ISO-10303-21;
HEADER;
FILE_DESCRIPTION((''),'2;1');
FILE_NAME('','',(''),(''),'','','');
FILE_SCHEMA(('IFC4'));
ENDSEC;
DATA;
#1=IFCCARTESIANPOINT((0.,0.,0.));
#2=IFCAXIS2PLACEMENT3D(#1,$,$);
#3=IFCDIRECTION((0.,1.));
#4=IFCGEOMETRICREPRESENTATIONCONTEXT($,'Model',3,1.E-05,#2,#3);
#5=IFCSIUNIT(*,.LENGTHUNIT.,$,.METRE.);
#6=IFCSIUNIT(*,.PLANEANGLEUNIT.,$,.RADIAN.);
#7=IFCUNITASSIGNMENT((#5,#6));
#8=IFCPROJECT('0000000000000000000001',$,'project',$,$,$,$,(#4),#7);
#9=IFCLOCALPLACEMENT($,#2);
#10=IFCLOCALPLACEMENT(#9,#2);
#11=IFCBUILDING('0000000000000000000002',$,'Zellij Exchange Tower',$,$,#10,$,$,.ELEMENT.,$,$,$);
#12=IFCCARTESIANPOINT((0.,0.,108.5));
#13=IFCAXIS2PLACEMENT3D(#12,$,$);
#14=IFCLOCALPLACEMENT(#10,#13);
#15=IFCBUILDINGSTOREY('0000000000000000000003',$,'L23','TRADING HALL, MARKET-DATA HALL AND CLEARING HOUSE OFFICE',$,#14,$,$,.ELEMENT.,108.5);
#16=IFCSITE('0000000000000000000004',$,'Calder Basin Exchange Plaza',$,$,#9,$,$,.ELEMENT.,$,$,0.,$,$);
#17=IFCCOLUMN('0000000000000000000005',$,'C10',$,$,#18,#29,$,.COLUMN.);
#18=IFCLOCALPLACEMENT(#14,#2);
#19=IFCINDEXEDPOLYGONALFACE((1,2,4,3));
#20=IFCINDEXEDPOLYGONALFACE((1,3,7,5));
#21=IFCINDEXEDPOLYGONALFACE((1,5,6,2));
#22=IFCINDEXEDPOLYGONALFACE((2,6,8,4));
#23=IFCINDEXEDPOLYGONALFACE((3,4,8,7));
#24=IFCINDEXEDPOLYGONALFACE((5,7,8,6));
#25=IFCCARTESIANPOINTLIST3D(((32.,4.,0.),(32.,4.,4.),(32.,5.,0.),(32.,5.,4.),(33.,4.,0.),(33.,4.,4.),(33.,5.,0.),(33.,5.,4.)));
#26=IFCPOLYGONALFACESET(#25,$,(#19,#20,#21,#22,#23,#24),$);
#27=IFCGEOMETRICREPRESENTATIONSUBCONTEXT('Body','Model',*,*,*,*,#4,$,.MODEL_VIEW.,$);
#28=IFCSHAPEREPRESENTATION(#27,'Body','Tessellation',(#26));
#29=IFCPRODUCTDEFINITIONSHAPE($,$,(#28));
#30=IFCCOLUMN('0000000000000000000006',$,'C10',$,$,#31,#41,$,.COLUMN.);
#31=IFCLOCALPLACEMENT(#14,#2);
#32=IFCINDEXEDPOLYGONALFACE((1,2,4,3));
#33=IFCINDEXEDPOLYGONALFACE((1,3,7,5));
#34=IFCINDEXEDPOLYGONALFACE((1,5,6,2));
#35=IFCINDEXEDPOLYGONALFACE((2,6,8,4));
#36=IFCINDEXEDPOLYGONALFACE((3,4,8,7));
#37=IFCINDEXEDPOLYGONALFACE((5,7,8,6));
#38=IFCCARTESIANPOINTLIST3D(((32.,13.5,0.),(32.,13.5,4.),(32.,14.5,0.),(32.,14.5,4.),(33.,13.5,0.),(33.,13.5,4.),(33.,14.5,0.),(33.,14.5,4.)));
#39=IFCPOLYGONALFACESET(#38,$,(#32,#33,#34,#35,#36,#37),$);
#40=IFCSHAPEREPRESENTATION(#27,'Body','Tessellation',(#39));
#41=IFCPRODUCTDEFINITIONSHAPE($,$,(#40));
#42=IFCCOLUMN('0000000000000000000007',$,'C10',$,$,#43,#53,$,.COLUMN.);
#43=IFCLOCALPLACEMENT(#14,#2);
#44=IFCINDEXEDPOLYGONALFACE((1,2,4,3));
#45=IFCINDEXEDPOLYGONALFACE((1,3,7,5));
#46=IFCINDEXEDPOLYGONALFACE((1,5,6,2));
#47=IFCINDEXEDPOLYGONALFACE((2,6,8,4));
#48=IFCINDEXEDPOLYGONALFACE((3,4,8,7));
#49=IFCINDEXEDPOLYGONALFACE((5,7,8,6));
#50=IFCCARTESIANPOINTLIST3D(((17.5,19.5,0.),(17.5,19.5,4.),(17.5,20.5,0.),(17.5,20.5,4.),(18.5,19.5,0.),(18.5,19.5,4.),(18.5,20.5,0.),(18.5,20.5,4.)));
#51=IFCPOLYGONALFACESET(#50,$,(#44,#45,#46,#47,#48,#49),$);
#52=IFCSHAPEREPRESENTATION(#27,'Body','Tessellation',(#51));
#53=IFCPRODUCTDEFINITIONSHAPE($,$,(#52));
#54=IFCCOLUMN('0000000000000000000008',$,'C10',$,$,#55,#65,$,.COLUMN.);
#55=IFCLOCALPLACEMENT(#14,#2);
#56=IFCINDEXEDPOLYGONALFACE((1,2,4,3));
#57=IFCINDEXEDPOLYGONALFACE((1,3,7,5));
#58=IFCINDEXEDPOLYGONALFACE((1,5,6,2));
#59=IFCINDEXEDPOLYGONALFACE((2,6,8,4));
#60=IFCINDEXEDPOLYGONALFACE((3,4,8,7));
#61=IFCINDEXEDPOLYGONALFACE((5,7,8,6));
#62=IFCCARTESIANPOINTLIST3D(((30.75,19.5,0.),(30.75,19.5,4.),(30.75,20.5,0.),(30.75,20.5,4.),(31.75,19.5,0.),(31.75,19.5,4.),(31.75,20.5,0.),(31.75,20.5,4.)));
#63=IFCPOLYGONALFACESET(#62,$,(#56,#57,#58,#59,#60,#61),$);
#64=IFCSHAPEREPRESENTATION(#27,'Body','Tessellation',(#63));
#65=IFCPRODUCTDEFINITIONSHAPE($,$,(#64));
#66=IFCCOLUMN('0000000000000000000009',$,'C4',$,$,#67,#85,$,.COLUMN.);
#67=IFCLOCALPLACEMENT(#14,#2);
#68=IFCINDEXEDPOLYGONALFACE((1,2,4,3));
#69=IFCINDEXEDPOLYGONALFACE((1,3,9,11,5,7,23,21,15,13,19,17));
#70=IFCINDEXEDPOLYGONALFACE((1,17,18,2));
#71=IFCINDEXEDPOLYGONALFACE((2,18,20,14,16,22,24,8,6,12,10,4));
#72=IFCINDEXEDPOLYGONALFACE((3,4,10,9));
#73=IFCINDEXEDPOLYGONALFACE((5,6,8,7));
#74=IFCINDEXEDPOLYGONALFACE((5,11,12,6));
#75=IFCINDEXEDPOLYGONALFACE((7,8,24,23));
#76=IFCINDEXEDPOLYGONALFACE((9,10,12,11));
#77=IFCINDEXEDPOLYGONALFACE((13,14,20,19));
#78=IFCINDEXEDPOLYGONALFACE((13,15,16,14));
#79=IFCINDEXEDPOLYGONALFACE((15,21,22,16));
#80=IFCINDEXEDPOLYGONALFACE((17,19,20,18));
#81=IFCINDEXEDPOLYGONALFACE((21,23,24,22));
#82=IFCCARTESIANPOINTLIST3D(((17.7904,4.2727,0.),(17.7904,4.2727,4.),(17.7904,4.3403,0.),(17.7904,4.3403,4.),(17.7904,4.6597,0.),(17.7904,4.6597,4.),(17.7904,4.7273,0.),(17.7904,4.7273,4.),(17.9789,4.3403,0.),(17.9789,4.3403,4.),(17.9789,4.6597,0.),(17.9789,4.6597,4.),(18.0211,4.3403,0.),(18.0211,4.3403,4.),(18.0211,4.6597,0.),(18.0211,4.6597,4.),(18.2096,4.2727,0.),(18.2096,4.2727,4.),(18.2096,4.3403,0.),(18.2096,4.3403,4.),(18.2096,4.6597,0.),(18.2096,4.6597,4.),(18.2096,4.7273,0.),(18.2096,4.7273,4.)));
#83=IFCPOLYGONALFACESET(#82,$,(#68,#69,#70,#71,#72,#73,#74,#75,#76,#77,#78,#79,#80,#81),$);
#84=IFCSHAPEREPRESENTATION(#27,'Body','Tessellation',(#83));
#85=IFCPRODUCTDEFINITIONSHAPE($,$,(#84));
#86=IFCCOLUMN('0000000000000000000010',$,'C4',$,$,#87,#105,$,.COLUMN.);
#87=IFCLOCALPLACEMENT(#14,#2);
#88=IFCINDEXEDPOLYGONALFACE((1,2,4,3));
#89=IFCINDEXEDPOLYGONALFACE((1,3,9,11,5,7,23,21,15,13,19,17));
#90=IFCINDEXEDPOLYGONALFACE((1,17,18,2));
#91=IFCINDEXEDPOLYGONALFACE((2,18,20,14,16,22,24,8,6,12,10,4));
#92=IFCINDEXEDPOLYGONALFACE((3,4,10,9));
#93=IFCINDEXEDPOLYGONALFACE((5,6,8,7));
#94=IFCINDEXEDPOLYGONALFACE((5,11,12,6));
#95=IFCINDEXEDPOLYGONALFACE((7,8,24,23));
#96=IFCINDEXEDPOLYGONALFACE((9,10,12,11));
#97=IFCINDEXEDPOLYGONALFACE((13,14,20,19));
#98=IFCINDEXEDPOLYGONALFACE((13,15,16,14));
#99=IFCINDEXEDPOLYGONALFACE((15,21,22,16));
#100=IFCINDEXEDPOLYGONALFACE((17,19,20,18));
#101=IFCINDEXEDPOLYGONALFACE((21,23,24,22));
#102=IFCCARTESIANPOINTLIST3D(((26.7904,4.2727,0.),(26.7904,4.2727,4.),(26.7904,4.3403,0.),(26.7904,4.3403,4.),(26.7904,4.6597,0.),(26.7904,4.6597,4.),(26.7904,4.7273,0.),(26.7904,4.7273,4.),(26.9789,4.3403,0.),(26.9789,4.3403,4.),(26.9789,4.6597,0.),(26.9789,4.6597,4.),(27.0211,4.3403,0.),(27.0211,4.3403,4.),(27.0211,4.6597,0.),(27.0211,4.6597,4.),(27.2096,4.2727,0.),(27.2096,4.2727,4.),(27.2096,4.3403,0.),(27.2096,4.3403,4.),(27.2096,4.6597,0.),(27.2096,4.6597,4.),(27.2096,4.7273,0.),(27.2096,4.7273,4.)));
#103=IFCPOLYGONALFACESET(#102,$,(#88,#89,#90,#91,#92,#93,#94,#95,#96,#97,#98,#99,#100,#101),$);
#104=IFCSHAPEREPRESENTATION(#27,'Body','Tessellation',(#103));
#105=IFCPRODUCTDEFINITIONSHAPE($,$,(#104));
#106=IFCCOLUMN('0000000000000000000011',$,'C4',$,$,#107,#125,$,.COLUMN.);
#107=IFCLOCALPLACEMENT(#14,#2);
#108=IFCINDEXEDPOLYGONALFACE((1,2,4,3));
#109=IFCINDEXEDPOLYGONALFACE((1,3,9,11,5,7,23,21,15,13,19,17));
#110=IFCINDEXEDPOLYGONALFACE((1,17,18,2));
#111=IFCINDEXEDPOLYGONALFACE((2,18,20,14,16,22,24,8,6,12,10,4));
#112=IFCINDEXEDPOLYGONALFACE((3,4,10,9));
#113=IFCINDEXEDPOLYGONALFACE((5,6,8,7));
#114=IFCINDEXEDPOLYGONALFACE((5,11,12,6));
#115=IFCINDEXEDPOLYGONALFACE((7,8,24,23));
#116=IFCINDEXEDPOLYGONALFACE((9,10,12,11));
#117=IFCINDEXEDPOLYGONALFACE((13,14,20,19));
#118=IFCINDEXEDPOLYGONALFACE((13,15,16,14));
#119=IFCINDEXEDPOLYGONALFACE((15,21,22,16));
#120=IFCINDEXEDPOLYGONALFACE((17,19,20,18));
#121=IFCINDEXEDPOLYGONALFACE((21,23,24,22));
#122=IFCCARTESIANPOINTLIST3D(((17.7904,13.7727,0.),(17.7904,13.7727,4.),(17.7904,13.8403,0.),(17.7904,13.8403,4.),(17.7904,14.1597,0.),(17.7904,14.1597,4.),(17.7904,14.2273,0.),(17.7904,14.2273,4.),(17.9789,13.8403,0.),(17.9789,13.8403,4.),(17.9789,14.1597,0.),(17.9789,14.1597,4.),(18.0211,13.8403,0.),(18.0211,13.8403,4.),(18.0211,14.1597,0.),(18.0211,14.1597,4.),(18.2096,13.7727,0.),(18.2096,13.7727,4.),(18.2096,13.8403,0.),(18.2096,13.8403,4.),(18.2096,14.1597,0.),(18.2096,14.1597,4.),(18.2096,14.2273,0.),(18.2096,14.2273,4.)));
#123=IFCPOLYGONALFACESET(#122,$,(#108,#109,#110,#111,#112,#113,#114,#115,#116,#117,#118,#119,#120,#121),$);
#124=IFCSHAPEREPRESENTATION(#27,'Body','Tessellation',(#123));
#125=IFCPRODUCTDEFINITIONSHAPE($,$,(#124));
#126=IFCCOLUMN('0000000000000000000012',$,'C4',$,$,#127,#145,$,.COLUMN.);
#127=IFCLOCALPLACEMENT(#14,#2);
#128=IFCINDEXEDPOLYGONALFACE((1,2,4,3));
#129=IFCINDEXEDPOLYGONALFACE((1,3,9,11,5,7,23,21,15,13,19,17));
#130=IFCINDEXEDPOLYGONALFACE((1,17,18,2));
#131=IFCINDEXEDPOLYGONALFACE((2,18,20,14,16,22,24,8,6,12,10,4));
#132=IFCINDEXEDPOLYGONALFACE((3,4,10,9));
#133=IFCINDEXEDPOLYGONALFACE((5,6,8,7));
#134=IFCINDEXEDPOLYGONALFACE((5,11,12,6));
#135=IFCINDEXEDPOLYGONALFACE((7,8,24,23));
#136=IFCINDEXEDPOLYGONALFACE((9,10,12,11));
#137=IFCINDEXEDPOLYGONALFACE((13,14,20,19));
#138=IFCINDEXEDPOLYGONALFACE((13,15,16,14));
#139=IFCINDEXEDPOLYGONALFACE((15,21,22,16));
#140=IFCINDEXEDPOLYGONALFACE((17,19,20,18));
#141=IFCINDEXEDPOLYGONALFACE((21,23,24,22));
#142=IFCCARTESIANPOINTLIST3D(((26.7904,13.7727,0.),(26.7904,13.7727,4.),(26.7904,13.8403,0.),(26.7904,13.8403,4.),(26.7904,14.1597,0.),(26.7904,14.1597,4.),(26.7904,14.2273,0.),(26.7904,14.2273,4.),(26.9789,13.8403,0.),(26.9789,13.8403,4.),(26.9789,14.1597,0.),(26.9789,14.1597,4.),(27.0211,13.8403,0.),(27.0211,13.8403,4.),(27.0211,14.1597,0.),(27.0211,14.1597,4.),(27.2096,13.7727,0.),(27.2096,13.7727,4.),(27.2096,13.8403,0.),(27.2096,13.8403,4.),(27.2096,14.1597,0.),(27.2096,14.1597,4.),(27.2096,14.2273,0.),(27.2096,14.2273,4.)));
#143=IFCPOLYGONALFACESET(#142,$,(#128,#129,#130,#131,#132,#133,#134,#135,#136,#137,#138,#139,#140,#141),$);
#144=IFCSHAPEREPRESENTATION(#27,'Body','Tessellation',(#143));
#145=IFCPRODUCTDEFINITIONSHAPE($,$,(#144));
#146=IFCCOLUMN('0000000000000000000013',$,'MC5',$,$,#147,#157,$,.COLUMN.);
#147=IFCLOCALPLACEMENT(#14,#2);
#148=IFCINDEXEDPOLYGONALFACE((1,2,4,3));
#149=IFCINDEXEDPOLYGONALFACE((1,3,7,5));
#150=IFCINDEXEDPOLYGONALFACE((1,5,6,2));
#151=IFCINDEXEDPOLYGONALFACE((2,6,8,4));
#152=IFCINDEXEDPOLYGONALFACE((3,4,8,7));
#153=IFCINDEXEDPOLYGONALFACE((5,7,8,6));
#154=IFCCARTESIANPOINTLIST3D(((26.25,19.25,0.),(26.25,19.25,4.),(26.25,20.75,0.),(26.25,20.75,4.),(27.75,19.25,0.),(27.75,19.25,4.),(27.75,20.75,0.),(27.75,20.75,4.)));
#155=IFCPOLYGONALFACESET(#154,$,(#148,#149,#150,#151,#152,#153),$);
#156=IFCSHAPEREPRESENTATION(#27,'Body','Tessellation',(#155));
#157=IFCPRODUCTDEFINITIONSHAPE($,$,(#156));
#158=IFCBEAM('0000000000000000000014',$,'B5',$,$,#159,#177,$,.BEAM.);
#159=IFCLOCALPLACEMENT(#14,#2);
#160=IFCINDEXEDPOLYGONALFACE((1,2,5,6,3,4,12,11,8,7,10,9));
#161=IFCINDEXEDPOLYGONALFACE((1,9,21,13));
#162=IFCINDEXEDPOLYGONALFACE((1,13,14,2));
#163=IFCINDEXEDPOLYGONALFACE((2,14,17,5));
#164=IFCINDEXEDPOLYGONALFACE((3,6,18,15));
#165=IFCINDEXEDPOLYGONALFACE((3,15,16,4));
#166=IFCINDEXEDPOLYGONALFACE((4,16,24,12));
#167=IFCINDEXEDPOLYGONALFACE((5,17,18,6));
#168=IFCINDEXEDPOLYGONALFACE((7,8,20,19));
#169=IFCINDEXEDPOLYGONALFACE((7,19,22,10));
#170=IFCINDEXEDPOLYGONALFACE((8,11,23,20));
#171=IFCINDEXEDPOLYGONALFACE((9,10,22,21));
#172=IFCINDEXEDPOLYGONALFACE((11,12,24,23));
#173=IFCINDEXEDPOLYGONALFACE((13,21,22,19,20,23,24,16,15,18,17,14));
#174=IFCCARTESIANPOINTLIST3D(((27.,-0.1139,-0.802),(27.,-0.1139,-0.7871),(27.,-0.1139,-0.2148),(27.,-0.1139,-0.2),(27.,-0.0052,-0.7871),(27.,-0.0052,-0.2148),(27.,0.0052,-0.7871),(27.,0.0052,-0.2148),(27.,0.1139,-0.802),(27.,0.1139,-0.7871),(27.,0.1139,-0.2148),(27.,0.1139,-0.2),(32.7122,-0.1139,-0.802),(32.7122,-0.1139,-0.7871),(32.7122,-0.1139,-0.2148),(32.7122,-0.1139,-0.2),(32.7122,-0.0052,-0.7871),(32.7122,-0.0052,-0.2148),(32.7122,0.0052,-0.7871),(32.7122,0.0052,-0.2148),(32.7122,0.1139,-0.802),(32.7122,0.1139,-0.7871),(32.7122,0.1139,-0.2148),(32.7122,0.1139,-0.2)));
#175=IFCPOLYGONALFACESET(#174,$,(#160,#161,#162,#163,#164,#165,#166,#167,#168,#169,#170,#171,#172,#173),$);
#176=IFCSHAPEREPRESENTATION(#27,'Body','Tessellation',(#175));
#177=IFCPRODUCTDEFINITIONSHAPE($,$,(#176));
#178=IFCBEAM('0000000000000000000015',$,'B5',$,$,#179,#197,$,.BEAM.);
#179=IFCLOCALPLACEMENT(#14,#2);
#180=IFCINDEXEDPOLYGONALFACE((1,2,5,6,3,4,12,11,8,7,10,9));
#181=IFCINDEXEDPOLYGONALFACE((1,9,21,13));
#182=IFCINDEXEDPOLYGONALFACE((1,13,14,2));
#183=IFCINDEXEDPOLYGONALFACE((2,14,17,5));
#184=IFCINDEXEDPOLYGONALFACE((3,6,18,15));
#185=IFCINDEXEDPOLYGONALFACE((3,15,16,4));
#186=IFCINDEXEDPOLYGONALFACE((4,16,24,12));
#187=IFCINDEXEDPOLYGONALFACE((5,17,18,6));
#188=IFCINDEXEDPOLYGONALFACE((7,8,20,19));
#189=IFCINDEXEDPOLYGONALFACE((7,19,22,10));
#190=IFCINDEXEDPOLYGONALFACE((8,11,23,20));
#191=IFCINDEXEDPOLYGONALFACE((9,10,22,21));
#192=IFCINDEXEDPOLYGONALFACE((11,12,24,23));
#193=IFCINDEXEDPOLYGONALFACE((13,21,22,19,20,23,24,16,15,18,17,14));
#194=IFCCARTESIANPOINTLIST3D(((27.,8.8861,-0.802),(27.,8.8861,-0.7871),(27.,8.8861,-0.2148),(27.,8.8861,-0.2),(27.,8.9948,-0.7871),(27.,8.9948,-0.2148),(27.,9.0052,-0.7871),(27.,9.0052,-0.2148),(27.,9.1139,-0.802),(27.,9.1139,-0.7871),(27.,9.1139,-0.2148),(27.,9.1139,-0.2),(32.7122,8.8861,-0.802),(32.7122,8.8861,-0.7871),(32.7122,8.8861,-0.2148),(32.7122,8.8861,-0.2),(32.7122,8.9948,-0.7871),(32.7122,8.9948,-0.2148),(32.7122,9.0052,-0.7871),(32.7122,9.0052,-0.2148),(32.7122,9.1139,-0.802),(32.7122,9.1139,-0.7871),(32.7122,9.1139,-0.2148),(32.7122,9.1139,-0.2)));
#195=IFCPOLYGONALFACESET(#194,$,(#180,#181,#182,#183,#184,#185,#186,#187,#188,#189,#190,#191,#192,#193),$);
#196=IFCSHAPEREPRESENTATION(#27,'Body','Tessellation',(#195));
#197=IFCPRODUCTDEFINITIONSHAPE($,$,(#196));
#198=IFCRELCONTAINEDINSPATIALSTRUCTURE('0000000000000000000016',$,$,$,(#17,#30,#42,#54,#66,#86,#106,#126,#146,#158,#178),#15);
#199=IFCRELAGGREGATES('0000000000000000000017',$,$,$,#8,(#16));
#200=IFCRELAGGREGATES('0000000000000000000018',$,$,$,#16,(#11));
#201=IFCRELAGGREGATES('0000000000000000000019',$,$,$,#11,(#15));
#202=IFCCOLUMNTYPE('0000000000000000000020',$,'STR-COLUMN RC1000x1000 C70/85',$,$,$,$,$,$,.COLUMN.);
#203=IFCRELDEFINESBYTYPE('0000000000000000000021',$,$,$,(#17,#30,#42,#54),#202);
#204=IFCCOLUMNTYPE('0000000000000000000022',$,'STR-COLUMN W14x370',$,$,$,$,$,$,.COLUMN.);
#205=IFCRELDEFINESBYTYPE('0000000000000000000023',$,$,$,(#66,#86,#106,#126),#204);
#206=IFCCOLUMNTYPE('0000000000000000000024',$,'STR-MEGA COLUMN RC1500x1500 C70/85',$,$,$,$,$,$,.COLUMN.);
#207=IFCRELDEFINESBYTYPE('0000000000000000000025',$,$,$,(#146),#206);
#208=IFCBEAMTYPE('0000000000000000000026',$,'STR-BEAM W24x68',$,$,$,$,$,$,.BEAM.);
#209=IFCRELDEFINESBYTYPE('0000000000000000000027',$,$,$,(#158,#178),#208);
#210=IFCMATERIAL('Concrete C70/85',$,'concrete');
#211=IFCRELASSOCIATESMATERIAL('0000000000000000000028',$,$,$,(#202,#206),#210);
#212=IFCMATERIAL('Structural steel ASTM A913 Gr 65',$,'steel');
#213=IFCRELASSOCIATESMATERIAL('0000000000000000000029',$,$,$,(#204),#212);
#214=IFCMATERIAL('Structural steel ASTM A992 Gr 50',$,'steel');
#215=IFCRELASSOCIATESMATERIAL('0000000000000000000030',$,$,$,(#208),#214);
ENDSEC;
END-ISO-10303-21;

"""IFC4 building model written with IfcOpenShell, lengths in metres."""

from ifc_helpers import new_model, si_unit, direction, frame, origin, origin_2d, place, context, subcontext, project, spatial, rectangle, i_section, extrude, material, material_profile, profile_set, type_object, element, save


model = new_model("IFC4")

# Units and contexts
model_context = context("Model", 3, precision=1e-05, world=origin(), true_north=direction((0.0, 1.0)))
body_context = subcontext(model_context, "Body", "Model", "MODEL_VIEW")
ifc_project = project(units=[si_unit("LENGTHUNIT", "METRE"), si_unit("PLANEANGLEUNIT", "RADIAN")], contexts=[model_context])

# Site, building, storey
site_placement = place(None, origin())
site = spatial("IfcSite", under=ifc_project, at=site_placement, Name="Calder Basin Exchange Plaza", CompositionType="ELEMENT", RefElevation=0.0)
building_placement = place(site_placement, origin())
building = spatial("IfcBuilding", under=site, at=building_placement, Name="Zellij Exchange Tower", CompositionType="ELEMENT")
storey_placement = place(building_placement, frame((0.0, 0.0, 108.5)))
storey = spatial("IfcBuildingStorey", under=building, at=storey_placement, Name="L23", Description="TRADING HALL, MARKET-DATA HALL AND CLEARING HOUSE OFFICE", CompositionType="ELEMENT", Elevation=108.5)

# Columns
ifc_material_1 = material(Name="Concrete C70/85", Category="concrete")
ifc_material_profile_1 = material_profile(ifc_material_1, rectangle(XDim=1.0, YDim=1.0, at=origin_2d()), Name="STR-COLUMN RC1000x1000 C70/85")
ifc_profile_set_1 = profile_set([ifc_material_profile_1], Name="Concrete C70/85")
column_type_1 = type_object("IfcColumnType", Name="STR-COLUMN RC1000x1000 C70/85", PredefinedType="COLUMN", material=ifc_profile_set_1)
for number, where, z_axis, x_axis, name in (
    (1, (32.5, 4.5, 0.0), (0.0, 0.0, 1.0), (1.0, 0.0, 0.0), "C10"),
    (2, (32.5, 14.0, 0.0), (0.0, 0.0, 1.0), (1.0, 0.0, 0.0), "C10"),
    (3, (18.0, 20.0, 0.0), (0.0, 0.0, 1.0), (1.0, 0.0, 0.0), "C10"),
    (4, (31.25, 20.0, 0.0), (0.0, 0.0, 1.0), (1.0, 0.0, 0.0), "C10"),
):
    element("IfcColumn", number, at=place(storey_placement, frame(where, z_axis=z_axis, x_axis=x_axis)), inside=storey, type_object=column_type_1, Name=name, PredefinedType="COLUMN", context=body_context, shape_type="SweptSolid", body=[
        extrude(rectangle(XDim=1.0, YDim=1.0, at=origin_2d()), origin(), (0.0, 0.0, 1.0), 4.0),
    ])
ifc_material_2 = material(Name="Structural steel ASTM A913 Gr 65", Category="steel")
ifc_material_profile_2 = material_profile(ifc_material_2, i_section(OverallWidth=0.4192, OverallDepth=0.4546, WebThickness=0.0422, FlangeThickness=0.0676, at=origin_2d()), Name="W14x370")
ifc_profile_set_2 = profile_set([ifc_material_profile_2], Name="Structural steel ASTM A913 Gr 65")
column_type_2 = type_object("IfcColumnType", Name="STR-COLUMN W14x370", PredefinedType="COLUMN", material=ifc_profile_set_2)
for number, where, z_axis, x_axis, name in (
    (5, (18.0, 4.5, 0.0), (0.0, 0.0, 1.0), (1.0, 0.0, 0.0), "C4"),
    (6, (27.0, 4.5, 0.0), (0.0, 0.0, 1.0), (1.0, 0.0, 0.0), "C4"),
    (7, (18.0, 14.0, 0.0), (0.0, 0.0, 1.0), (1.0, 0.0, 0.0), "C4"),
    (8, (27.0, 14.0, 0.0), (0.0, 0.0, 1.0), (1.0, 0.0, 0.0), "C4"),
):
    element("IfcColumn", number, at=place(storey_placement, frame(where, z_axis=z_axis, x_axis=x_axis)), inside=storey, type_object=column_type_2, Name=name, PredefinedType="COLUMN", context=body_context, shape_type="SweptSolid", body=[
        extrude(i_section(OverallWidth=0.4192, OverallDepth=0.4546, WebThickness=0.0422, FlangeThickness=0.0676, at=origin_2d()), origin(), (0.0, 0.0, 1.0), 4.0),
    ])
ifc_material_profile_3 = material_profile(ifc_material_1, rectangle(XDim=1.5, YDim=1.5, at=origin_2d()), Name="STR-MEGA COLUMN RC1500x1500 C70/85")
ifc_profile_set_3 = profile_set([ifc_material_profile_3], Name="Concrete C70/85")
column_type_3 = type_object("IfcColumnType", Name="STR-MEGA COLUMN RC1500x1500 C70/85", PredefinedType="COLUMN", material=ifc_profile_set_3)
column_placement = place(storey_placement, frame((27.0, 20.0, 0.0), z_axis=(0.0, 0.0, 1.0), x_axis=(1.0, 0.0, 0.0)))
element("IfcColumn", 9, at=column_placement, inside=storey, type_object=column_type_3, Name="MC5", PredefinedType="COLUMN", context=body_context, shape_type="SweptSolid", body=[
    extrude(rectangle(XDim=1.5, YDim=1.5, at=origin_2d()), origin(), (0.0, 0.0, 1.0), 4.0),
])

# Beams
ifc_material_3 = material(Name="Structural steel ASTM A992 Gr 50", Category="steel")
ifc_material_profile_4 = material_profile(ifc_material_3, i_section(OverallWidth=0.2278, OverallDepth=0.6021, WebThickness=0.0105, FlangeThickness=0.0149, at=origin_2d()), Name="W24x68")
ifc_profile_set_4 = profile_set([ifc_material_profile_4], Name="Structural steel ASTM A992 Gr 50")
beam_type_1 = type_object("IfcBeamType", Name="STR-BEAM W24x68", PredefinedType="BEAM", material=ifc_profile_set_4)
for number, where, z_axis, x_axis, name in (
    (10, (27.0, 0.0, -0.501), (1.0, 0.0, 0.0), (0.0, 1.0, 0.0), "B5"),
    (11, (27.0, 9.0, -0.501), (1.0, 0.0, 0.0), (0.0, 1.0, 0.0), "B5"),
):
    element("IfcBeam", number, at=place(storey_placement, frame(where, z_axis=z_axis, x_axis=x_axis)), inside=storey, type_object=beam_type_1, Name=name, PredefinedType="BEAM", context=body_context, shape_type="SweptSolid", body=[
        extrude(i_section(OverallWidth=0.2278, OverallDepth=0.6021, WebThickness=0.0105, FlangeThickness=0.0149, at=origin_2d()), origin(), (0.0, 0.0, 1.0), 5.7122),
    ])

save(model, "model.ifc")
